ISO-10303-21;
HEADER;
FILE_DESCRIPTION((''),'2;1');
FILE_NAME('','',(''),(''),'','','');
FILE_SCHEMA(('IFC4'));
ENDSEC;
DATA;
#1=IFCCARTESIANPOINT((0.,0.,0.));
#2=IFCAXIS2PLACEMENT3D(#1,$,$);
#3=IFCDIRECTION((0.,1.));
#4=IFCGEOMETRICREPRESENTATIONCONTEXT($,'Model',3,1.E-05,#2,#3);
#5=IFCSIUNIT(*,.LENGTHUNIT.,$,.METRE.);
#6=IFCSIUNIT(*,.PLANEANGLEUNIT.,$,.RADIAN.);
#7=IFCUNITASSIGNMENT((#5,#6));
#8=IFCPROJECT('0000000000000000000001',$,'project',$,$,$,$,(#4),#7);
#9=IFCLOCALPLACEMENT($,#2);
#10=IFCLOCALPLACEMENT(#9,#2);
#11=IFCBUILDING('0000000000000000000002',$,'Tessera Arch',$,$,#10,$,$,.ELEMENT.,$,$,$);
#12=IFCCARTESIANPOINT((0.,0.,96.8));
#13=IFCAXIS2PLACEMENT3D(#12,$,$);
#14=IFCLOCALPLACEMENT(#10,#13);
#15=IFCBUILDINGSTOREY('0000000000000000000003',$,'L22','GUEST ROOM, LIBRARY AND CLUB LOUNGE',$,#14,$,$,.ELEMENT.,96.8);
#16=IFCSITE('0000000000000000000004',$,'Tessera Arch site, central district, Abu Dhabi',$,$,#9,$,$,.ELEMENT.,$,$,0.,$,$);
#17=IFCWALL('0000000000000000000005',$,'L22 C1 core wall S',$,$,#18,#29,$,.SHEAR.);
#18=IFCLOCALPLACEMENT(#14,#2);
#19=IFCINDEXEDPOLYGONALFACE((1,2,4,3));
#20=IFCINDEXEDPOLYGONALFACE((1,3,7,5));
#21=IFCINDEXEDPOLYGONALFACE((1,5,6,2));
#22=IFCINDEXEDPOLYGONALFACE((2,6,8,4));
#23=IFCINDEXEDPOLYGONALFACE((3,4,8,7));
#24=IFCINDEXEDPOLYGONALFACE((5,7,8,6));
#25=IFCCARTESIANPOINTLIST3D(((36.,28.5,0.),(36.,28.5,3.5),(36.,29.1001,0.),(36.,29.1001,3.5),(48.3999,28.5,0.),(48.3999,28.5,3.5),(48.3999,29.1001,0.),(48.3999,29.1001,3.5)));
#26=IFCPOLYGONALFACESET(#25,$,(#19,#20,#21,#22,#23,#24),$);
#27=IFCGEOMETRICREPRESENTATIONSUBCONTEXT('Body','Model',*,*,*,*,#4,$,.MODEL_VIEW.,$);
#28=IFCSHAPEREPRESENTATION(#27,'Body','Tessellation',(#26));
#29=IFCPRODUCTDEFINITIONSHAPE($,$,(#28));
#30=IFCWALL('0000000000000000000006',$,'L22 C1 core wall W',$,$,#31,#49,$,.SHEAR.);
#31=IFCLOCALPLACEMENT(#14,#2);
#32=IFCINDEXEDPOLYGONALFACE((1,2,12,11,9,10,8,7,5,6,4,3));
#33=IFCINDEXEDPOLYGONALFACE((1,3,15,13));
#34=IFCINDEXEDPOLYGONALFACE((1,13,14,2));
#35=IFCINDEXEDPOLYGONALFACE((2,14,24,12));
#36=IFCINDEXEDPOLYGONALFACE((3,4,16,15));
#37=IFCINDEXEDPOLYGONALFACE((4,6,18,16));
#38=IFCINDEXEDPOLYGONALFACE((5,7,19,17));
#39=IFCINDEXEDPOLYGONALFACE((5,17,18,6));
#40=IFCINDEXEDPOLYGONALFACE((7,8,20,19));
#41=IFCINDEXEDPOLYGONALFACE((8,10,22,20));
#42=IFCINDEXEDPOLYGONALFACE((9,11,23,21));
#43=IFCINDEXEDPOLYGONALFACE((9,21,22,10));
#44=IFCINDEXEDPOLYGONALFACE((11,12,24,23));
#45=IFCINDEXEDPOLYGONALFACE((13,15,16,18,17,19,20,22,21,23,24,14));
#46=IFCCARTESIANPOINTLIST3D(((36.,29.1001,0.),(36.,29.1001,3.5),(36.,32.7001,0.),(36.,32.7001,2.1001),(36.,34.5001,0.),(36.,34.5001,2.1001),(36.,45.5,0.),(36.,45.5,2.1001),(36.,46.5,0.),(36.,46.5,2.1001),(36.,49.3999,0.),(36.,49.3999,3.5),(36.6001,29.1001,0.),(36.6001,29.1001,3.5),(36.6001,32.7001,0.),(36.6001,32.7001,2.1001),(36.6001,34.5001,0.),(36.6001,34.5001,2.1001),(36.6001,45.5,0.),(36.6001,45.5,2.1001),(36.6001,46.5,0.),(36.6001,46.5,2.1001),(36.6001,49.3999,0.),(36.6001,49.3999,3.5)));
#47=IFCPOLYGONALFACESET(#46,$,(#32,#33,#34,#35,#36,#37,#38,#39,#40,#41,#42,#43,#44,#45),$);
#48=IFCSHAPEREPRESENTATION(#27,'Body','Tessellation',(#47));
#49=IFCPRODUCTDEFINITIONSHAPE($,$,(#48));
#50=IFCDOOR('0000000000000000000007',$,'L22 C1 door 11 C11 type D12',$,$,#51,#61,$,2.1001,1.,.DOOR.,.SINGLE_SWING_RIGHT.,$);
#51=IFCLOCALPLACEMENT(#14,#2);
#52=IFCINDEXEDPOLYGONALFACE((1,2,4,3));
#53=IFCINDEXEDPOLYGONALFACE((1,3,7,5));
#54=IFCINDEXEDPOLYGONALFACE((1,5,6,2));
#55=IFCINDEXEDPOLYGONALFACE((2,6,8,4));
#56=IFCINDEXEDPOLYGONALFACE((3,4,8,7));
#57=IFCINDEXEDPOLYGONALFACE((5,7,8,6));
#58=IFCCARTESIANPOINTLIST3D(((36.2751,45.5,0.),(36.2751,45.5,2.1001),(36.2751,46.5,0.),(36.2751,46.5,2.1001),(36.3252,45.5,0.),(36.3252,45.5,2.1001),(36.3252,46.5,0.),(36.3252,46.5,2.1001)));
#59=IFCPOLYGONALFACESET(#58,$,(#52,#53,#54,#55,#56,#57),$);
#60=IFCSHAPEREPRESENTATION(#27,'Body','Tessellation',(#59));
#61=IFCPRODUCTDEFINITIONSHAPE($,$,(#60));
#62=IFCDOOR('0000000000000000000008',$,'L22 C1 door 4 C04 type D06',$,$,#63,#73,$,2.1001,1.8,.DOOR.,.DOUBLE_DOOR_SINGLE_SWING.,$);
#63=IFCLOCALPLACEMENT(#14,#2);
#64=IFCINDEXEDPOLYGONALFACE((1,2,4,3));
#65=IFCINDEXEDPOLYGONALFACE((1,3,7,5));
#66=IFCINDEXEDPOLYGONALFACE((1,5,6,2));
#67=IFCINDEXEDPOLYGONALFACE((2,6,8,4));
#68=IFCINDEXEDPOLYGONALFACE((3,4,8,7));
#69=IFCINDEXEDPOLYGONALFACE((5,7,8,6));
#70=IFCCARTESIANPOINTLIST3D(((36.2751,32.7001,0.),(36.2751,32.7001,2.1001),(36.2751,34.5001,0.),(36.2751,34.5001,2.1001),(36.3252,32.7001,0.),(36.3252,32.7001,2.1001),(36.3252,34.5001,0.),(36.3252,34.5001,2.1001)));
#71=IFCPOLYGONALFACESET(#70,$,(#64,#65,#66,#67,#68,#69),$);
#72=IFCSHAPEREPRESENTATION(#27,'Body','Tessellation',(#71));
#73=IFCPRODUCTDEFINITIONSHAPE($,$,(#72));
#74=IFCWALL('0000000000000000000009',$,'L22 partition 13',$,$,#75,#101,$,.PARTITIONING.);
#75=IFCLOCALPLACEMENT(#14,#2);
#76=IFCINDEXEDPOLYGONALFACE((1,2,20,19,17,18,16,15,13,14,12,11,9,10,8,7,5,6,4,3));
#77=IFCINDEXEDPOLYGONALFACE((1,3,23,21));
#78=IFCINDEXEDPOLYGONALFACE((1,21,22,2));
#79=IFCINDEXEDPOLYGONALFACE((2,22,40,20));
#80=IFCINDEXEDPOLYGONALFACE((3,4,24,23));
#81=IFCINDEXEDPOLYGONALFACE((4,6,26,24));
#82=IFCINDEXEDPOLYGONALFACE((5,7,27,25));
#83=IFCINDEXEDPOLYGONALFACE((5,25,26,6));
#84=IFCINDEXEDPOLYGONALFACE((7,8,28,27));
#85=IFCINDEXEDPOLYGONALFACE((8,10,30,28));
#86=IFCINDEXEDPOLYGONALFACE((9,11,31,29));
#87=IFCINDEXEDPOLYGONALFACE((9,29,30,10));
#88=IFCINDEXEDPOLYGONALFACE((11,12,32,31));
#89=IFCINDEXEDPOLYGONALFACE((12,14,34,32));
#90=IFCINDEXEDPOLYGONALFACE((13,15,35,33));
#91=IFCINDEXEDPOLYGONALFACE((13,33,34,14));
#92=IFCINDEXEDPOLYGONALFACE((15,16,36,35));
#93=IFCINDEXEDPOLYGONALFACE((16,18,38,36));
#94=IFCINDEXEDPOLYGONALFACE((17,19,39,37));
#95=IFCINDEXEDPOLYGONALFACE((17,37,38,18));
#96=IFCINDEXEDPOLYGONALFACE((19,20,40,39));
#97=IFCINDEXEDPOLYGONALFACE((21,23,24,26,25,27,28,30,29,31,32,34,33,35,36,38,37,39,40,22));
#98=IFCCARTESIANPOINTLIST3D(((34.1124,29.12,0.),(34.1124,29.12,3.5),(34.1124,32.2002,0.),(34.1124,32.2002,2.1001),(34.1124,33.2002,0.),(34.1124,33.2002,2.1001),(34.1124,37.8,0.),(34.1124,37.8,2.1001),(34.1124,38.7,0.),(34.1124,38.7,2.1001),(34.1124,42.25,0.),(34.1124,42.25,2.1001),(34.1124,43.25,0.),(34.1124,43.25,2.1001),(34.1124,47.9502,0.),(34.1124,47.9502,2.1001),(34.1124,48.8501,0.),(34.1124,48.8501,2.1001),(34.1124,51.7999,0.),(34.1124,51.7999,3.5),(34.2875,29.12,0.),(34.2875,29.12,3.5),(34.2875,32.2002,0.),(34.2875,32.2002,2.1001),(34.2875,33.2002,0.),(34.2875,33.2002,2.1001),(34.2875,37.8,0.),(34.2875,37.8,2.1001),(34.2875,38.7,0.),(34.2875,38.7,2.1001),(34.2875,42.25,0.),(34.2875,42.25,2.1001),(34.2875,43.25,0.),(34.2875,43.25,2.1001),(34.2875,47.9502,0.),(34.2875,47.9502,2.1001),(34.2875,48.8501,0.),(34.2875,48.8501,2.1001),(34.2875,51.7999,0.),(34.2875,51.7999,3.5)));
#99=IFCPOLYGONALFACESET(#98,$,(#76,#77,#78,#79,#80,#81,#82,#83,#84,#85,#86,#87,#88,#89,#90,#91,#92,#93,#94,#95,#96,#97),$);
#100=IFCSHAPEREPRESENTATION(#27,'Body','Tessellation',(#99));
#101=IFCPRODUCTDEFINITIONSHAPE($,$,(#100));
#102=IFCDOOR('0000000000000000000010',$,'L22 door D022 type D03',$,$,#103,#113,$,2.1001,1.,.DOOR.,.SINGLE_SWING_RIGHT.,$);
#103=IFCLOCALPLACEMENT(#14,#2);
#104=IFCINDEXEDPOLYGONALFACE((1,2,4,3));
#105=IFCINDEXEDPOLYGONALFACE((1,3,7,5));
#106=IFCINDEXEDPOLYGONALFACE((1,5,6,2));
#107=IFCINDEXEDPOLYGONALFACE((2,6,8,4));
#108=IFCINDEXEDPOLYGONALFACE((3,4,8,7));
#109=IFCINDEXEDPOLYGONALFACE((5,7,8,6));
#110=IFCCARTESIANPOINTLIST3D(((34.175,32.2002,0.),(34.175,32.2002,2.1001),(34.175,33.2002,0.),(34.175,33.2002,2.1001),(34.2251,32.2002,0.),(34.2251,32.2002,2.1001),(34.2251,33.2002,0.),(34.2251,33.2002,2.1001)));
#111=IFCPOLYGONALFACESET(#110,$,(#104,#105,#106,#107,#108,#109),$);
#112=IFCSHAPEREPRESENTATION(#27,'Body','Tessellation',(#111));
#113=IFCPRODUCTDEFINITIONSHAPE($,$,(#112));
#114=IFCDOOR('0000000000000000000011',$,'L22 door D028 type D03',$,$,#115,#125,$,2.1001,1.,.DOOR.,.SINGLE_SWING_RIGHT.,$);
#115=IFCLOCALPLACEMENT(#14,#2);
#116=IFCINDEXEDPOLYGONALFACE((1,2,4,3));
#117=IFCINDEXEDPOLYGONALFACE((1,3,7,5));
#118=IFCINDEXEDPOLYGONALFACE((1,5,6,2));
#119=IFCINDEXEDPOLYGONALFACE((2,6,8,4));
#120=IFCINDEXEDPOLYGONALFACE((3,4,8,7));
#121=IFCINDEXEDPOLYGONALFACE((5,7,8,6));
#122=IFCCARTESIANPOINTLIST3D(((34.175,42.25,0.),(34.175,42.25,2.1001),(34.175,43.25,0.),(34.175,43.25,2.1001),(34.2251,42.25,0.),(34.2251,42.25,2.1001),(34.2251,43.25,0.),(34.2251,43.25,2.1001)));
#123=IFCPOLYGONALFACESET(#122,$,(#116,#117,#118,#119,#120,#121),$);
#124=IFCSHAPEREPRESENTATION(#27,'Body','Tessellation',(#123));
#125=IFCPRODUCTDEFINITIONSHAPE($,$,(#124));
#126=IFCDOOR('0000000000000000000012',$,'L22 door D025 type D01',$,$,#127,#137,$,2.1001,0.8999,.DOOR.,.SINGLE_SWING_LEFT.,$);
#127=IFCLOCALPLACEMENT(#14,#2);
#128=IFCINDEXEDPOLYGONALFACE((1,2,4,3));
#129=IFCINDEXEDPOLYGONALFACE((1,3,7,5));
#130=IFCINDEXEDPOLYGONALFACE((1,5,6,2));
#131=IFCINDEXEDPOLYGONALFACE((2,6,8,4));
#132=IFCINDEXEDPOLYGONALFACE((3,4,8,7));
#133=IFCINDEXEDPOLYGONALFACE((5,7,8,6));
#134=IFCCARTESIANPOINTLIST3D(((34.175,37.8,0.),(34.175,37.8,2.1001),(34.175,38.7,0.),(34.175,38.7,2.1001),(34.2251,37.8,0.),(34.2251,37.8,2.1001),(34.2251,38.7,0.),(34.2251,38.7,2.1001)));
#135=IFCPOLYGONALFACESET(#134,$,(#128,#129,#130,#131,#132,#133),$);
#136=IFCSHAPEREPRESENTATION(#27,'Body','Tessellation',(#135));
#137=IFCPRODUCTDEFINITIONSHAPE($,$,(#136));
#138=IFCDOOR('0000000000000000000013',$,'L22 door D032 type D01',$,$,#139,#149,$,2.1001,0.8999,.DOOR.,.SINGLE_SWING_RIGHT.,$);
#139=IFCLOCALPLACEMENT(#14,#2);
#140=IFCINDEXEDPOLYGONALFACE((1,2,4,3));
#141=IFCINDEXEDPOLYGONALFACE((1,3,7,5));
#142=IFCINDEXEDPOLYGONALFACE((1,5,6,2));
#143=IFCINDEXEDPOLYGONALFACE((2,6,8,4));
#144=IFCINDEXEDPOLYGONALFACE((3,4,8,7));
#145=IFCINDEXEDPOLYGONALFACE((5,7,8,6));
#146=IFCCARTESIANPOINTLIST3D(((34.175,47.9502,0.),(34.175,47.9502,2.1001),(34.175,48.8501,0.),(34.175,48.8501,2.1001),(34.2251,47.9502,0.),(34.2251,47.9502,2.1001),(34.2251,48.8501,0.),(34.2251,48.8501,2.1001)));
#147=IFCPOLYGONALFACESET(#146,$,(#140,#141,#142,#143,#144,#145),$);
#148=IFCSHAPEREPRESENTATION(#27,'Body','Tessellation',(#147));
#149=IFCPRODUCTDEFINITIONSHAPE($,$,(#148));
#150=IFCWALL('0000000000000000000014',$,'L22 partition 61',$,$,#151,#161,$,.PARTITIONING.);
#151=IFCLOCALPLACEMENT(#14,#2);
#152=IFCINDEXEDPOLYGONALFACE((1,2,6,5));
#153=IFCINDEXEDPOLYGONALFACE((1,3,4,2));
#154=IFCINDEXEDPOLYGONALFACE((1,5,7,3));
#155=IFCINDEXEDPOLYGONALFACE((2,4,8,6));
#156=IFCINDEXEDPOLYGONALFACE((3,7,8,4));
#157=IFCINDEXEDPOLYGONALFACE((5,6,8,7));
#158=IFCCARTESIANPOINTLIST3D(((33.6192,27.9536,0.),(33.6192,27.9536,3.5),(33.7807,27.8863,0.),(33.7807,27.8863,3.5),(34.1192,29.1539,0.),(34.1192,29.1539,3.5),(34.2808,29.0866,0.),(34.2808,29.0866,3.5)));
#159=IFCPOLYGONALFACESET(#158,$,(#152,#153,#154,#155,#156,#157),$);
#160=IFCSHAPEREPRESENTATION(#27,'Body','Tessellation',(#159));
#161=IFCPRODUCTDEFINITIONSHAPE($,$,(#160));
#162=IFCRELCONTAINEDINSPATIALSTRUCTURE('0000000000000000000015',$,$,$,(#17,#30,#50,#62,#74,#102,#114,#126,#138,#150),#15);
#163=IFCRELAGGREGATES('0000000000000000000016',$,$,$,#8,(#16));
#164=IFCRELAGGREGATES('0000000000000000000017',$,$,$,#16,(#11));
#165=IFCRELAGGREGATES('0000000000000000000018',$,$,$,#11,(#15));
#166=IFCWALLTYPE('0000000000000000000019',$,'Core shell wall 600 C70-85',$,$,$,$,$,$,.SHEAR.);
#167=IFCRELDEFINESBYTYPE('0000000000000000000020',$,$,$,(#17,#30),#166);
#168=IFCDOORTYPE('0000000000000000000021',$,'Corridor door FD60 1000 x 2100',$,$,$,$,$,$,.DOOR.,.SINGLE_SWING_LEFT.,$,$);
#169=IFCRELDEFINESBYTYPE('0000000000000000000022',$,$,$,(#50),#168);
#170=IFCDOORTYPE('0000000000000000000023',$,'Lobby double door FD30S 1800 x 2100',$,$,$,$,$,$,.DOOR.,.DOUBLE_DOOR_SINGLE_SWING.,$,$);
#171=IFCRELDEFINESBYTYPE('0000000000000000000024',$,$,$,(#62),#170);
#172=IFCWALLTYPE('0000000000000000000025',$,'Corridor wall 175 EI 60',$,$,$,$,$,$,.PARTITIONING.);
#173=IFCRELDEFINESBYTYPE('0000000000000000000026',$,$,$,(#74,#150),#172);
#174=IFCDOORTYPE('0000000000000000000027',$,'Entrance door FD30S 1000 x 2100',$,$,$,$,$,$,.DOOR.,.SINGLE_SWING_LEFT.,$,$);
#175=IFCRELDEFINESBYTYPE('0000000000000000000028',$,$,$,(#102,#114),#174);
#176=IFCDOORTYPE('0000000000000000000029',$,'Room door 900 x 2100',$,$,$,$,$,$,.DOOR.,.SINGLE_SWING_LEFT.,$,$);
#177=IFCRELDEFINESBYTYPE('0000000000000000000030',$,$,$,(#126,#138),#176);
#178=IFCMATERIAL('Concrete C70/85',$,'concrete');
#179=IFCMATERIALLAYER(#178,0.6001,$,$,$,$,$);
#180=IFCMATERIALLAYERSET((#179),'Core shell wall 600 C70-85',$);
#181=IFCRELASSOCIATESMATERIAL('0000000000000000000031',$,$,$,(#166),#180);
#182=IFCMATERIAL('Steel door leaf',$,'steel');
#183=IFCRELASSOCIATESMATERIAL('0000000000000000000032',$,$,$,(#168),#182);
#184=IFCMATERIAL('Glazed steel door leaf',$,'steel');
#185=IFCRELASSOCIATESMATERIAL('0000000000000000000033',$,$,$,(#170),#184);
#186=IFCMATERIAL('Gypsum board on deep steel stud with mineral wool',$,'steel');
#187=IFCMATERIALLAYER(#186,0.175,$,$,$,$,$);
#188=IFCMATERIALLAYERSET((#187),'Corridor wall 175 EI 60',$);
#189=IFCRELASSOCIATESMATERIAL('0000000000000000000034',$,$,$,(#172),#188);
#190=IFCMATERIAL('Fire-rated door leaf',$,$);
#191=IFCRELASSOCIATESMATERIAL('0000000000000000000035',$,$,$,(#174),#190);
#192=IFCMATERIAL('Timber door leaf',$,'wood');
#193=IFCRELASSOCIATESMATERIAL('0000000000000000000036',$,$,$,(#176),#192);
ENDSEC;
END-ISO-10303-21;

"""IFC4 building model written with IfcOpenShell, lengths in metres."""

from ifc_helpers import new_model, si_unit, direction, frame, frame_2d, origin, place, context, subcontext, project, spatial, rectangle, extrude, material, layer, layer_set, type_object, element, fill, save


model = new_model("IFC4")

# Units and contexts
model_context = context("Model", 3, precision=1e-05, world=origin(), true_north=direction((0.0, 1.0)))
body_context = subcontext(model_context, "Body", "Model", "MODEL_VIEW")
ifc_project = project(units=[si_unit("LENGTHUNIT", "METRE"), si_unit("PLANEANGLEUNIT", "RADIAN")], contexts=[model_context])

# Site, building, storey
site_placement = place(None, origin())
site = spatial("IfcSite", under=ifc_project, at=site_placement, Name="Tessera Arch site, central district, Abu Dhabi", CompositionType="ELEMENT", RefElevation=0.0)
building_placement = place(site_placement, origin())
building = spatial("IfcBuilding", under=site, at=building_placement, Name="Tessera Arch", CompositionType="ELEMENT")
storey_placement = place(building_placement, frame((0.0, 0.0, 96.8)))
storey = spatial("IfcBuildingStorey", under=building, at=storey_placement, Name="L22", Description="GUEST ROOM, LIBRARY AND CLUB LOUNGE", CompositionType="ELEMENT", Elevation=96.8)

# Wall
ifc_material_1 = material(Name="Concrete C70/85", Category="concrete")
ifc_layer_1 = layer(ifc_material_1, 0.6001)
ifc_layer_set_1 = layer_set([ifc_layer_1], Name="Core shell wall 600 C70-85")
wall_type_1 = type_object("IfcWallType", Name="Core shell wall 600 C70-85", PredefinedType="SHEAR", material=ifc_layer_set_1)
wall_1_placement = place(storey_placement, frame((36.0, 28.8, 0.0), z_axis=(0.0, 0.0, 1.0), x_axis=(1.0, 0.0, 0.0)))
element("IfcWall", 1, at=wall_1_placement, inside=storey, type_object=wall_type_1, Name="L22 C1 core wall S", PredefinedType="SHEAR", context=body_context, shape_type="SweptSolid", body=[
    extrude(rectangle(XDim=12.3999, YDim=0.6001, at=frame_2d((6.2, 0.0))), origin(), (0.0, 0.0, 1.0), 3.5),
])

# Walls, openings, doors
wall_2_placement = place(storey_placement, frame((36.3, 29.1001, 0.0), z_axis=(0.0, 0.0, 1.0), x_axis=(0.0, 1.0, 0.0)))
wall_2 = element("IfcWall", 2, at=wall_2_placement, inside=storey, type_object=wall_type_1, Name="L22 C1 core wall W", PredefinedType="SHEAR", context=body_context, shape_type="SweptSolid", body=[
    extrude(rectangle(XDim=20.2998, YDim=0.6001, at=frame_2d((10.1499, 0.0))), origin(), (0.0, 0.0, 1.0), 3.5),
])
opening_1_placement = place(wall_2_placement, frame((3.6001, 0.0, 0.0)))
opening_1 = element("IfcOpeningElement", 3, at=opening_1_placement, cuts=wall_2, PredefinedType="OPENING", context=body_context, shape_type="SweptSolid", body=[
    extrude(rectangle(XDim=1.8, YDim=2.1001, at=frame_2d((0.8999, 1.05))), frame((0.0, 0.3101, 0.0), z_axis=(0.0, -1.0, 0.0), x_axis=(1.0, 0.0, 0.0)), (0.0, 0.0, 1.0), 0.6201),
])
opening_2_placement = place(wall_2_placement, frame((16.3999, 0.0, 0.0)))
opening_2 = element("IfcOpeningElement", 4, at=opening_2_placement, cuts=wall_2, PredefinedType="OPENING", context=body_context, shape_type="SweptSolid", body=[
    extrude(rectangle(XDim=1.0, YDim=2.1001, at=frame_2d((0.5, 1.05))), frame((0.0, 0.3101, 0.0), z_axis=(0.0, -1.0, 0.0), x_axis=(1.0, 0.0, 0.0)), (0.0, 0.0, 1.0), 0.6201),
])
ifc_material_2 = material(Name="Steel door leaf", Category="steel")
door_type_1 = type_object("IfcDoorType", Name="Corridor door FD60 1000 x 2100", OperationType="SINGLE_SWING_LEFT", PredefinedType="DOOR", material=ifc_material_2)
door_1_placement = place(opening_2_placement, origin())
door_1 = element("IfcDoor", 5, at=door_1_placement, inside=storey, type_object=door_type_1, Name="L22 C1 door 11 C11 type D12", OperationType="SINGLE_SWING_RIGHT", OverallHeight=2.1001, OverallWidth=1.0, PredefinedType="DOOR", context=body_context, shape_type="SweptSolid", body=[
    extrude(rectangle(XDim=1.0, YDim=2.1001, at=frame_2d((0.5, 1.05))), frame((0.0, 0.0249, 0.0), z_axis=(0.0, -1.0, 0.0), x_axis=(1.0, 0.0, 0.0)), (0.0, 0.0, 1.0), 0.05),
])
fill(opening_2, door_1)
ifc_material_3 = material(Name="Glazed steel door leaf", Category="steel")
door_type_2 = type_object("IfcDoorType", Name="Lobby double door FD30S 1800 x 2100", OperationType="DOUBLE_DOOR_SINGLE_SWING", PredefinedType="DOOR", material=ifc_material_3)
door_2_placement = place(opening_1_placement, origin())
door_2 = element("IfcDoor", 6, at=door_2_placement, inside=storey, type_object=door_type_2, Name="L22 C1 door 4 C04 type D06", OperationType="DOUBLE_DOOR_SINGLE_SWING", OverallHeight=2.1001, OverallWidth=1.8, PredefinedType="DOOR", context=body_context, shape_type="SweptSolid", body=[
    extrude(rectangle(XDim=1.8, YDim=2.1001, at=frame_2d((0.8999, 1.05))), frame((0.0, 0.0249, 0.0), z_axis=(0.0, -1.0, 0.0), x_axis=(1.0, 0.0, 0.0)), (0.0, 0.0, 1.0), 0.05),
])
fill(opening_1, door_2)
ifc_material_4 = material(Name="Gypsum board on deep steel stud with mineral wool", Category="steel")
ifc_layer_2 = layer(ifc_material_4, 0.175)
ifc_layer_set_2 = layer_set([ifc_layer_2], Name="Corridor wall 175 EI 60")
wall_type_2 = type_object("IfcWallType", Name="Corridor wall 175 EI 60", PredefinedType="PARTITIONING", material=ifc_layer_set_2)
wall_3_placement = place(storey_placement, frame((34.2, 29.1201, 0.0), z_axis=(0.0, 0.0, 1.0), x_axis=(0.0, 1.0, 0.0)))
wall_3 = element("IfcWall", 7, at=wall_3_placement, inside=storey, type_object=wall_type_2, Name="L22 partition 13", PredefinedType="PARTITIONING", context=body_context, shape_type="SweptSolid", body=[
    extrude(rectangle(XDim=22.6799, YDim=0.175, at=frame_2d((11.3398, 0.0))), origin(), (0.0, 0.0, 1.0), 3.5),
])
opening_3_placement = place(wall_3_placement, frame((3.0801, 0.0, 0.0)))
opening_3 = element("IfcOpeningElement", 8, at=opening_3_placement, cuts=wall_3, PredefinedType="OPENING", context=body_context, shape_type="SweptSolid", body=[
    extrude(rectangle(XDim=1.0, YDim=2.1001, at=frame_2d((0.5, 1.05))), frame((0.0, 0.0974, 0.0), z_axis=(0.0, -1.0, 0.0), x_axis=(1.0, 0.0, 0.0)), (0.0, 0.0, 1.0), 0.1951),
])
opening_4_placement = place(wall_3_placement, frame((8.6799, 0.0, 0.0)))
opening_4 = element("IfcOpeningElement", 9, at=opening_4_placement, cuts=wall_3, PredefinedType="OPENING", context=body_context, shape_type="SweptSolid", body=[
    extrude(rectangle(XDim=0.8999, YDim=2.1001, at=frame_2d((0.45, 1.05))), frame((0.0, 0.0974, 0.0), z_axis=(0.0, -1.0, 0.0), x_axis=(1.0, 0.0, 0.0)), (0.0, 0.0, 1.0), 0.1951),
])
opening_5_placement = place(wall_3_placement, frame((13.1299, 0.0, 0.0)))
opening_5 = element("IfcOpeningElement", 10, at=opening_5_placement, cuts=wall_3, PredefinedType="OPENING", context=body_context, shape_type="SweptSolid", body=[
    extrude(rectangle(XDim=1.0, YDim=2.1001, at=frame_2d((0.5, 1.05))), frame((0.0, 0.0974, 0.0), z_axis=(0.0, -1.0, 0.0), x_axis=(1.0, 0.0, 0.0)), (0.0, 0.0, 1.0), 0.1951),
])
opening_6_placement = place(wall_3_placement, frame((18.8301, 0.0, 0.0)))
opening_6 = element("IfcOpeningElement", 11, at=opening_6_placement, cuts=wall_3, PredefinedType="OPENING", context=body_context, shape_type="SweptSolid", body=[
    extrude(rectangle(XDim=0.8999, YDim=2.1001, at=frame_2d((0.45, 1.05))), frame((0.0, 0.0974, 0.0), z_axis=(0.0, -1.0, 0.0), x_axis=(1.0, 0.0, 0.0)), (0.0, 0.0, 1.0), 0.1951),
])
ifc_material_5 = material(Name="Fire-rated door leaf")
door_type_3 = type_object("IfcDoorType", Name="Entrance door FD30S 1000 x 2100", OperationType="SINGLE_SWING_LEFT", PredefinedType="DOOR", material=ifc_material_5)
door_3_placement = place(opening_3_placement, origin())
door_3 = element("IfcDoor", 12, at=door_3_placement, inside=storey, type_object=door_type_3, Name="L22 door D022 type D03", OperationType="SINGLE_SWING_RIGHT", OverallHeight=2.1001, OverallWidth=1.0, PredefinedType="DOOR", context=body_context, shape_type="SweptSolid", body=[
    extrude(rectangle(XDim=1.0, YDim=2.1001, at=frame_2d((0.5, 1.05))), frame((0.0, 0.0249, 0.0), z_axis=(0.0, -1.0, 0.0), x_axis=(1.0, 0.0, 0.0)), (0.0, 0.0, 1.0), 0.05),
])
fill(opening_3, door_3)
door_4_placement = place(opening_5_placement, origin())
door_4 = element("IfcDoor", 13, at=door_4_placement, inside=storey, type_object=door_type_3, Name="L22 door D028 type D03", OperationType="SINGLE_SWING_RIGHT", OverallHeight=2.1001, OverallWidth=1.0, PredefinedType="DOOR", context=body_context, shape_type="SweptSolid", body=[
    extrude(rectangle(XDim=1.0, YDim=2.1001, at=frame_2d((0.5, 1.05))), frame((0.0, 0.0249, 0.0), z_axis=(0.0, -1.0, 0.0), x_axis=(1.0, 0.0, 0.0)), (0.0, 0.0, 1.0), 0.05),
])
fill(opening_5, door_4)
ifc_material_6 = material(Name="Timber door leaf", Category="wood")
door_type_4 = type_object("IfcDoorType", Name="Room door 900 x 2100", OperationType="SINGLE_SWING_LEFT", PredefinedType="DOOR", material=ifc_material_6)
door_5_placement = place(opening_4_placement, origin())
door_5 = element("IfcDoor", 14, at=door_5_placement, inside=storey, type_object=door_type_4, Name="L22 door D025 type D01", OperationType="SINGLE_SWING_LEFT", OverallHeight=2.1001, OverallWidth=0.8999, PredefinedType="DOOR", context=body_context, shape_type="SweptSolid", body=[
    extrude(rectangle(XDim=0.8999, YDim=2.1001, at=frame_2d((0.45, 1.05))), frame((0.0, 0.0249, 0.0), z_axis=(0.0, -1.0, 0.0), x_axis=(1.0, 0.0, 0.0)), (0.0, 0.0, 1.0), 0.05),
])
fill(opening_4, door_5)
door_6_placement = place(opening_6_placement, origin())
door_6 = element("IfcDoor", 15, at=door_6_placement, inside=storey, type_object=door_type_4, Name="L22 door D032 type D01", OperationType="SINGLE_SWING_RIGHT", OverallHeight=2.1001, OverallWidth=0.8999, PredefinedType="DOOR", context=body_context, shape_type="SweptSolid", body=[
    extrude(rectangle(XDim=0.8999, YDim=2.1001, at=frame_2d((0.45, 1.05))), frame((0.0, 0.0249, 0.0), z_axis=(0.0, -1.0, 0.0), x_axis=(1.0, 0.0, 0.0)), (0.0, 0.0, 1.0), 0.05),
])
fill(opening_6, door_6)

# Wall
wall_4_placement = place(storey_placement, frame((33.7, 27.9199, 0.0), z_axis=(0.0, 0.0, 1.0), x_axis=(0.384562, 0.923099, 0.0)))
element("IfcWall", 16, at=wall_4_placement, inside=storey, type_object=wall_type_2, Name="L22 partition 61", PredefinedType="PARTITIONING", context=body_context, shape_type="SweptSolid", body=[
    extrude(rectangle(XDim=1.3003, YDim=0.175, at=frame_2d((0.6501, 0.0))), origin(), (0.0, 0.0, 1.0), 3.5),
])

save(model, "model.ifc")
